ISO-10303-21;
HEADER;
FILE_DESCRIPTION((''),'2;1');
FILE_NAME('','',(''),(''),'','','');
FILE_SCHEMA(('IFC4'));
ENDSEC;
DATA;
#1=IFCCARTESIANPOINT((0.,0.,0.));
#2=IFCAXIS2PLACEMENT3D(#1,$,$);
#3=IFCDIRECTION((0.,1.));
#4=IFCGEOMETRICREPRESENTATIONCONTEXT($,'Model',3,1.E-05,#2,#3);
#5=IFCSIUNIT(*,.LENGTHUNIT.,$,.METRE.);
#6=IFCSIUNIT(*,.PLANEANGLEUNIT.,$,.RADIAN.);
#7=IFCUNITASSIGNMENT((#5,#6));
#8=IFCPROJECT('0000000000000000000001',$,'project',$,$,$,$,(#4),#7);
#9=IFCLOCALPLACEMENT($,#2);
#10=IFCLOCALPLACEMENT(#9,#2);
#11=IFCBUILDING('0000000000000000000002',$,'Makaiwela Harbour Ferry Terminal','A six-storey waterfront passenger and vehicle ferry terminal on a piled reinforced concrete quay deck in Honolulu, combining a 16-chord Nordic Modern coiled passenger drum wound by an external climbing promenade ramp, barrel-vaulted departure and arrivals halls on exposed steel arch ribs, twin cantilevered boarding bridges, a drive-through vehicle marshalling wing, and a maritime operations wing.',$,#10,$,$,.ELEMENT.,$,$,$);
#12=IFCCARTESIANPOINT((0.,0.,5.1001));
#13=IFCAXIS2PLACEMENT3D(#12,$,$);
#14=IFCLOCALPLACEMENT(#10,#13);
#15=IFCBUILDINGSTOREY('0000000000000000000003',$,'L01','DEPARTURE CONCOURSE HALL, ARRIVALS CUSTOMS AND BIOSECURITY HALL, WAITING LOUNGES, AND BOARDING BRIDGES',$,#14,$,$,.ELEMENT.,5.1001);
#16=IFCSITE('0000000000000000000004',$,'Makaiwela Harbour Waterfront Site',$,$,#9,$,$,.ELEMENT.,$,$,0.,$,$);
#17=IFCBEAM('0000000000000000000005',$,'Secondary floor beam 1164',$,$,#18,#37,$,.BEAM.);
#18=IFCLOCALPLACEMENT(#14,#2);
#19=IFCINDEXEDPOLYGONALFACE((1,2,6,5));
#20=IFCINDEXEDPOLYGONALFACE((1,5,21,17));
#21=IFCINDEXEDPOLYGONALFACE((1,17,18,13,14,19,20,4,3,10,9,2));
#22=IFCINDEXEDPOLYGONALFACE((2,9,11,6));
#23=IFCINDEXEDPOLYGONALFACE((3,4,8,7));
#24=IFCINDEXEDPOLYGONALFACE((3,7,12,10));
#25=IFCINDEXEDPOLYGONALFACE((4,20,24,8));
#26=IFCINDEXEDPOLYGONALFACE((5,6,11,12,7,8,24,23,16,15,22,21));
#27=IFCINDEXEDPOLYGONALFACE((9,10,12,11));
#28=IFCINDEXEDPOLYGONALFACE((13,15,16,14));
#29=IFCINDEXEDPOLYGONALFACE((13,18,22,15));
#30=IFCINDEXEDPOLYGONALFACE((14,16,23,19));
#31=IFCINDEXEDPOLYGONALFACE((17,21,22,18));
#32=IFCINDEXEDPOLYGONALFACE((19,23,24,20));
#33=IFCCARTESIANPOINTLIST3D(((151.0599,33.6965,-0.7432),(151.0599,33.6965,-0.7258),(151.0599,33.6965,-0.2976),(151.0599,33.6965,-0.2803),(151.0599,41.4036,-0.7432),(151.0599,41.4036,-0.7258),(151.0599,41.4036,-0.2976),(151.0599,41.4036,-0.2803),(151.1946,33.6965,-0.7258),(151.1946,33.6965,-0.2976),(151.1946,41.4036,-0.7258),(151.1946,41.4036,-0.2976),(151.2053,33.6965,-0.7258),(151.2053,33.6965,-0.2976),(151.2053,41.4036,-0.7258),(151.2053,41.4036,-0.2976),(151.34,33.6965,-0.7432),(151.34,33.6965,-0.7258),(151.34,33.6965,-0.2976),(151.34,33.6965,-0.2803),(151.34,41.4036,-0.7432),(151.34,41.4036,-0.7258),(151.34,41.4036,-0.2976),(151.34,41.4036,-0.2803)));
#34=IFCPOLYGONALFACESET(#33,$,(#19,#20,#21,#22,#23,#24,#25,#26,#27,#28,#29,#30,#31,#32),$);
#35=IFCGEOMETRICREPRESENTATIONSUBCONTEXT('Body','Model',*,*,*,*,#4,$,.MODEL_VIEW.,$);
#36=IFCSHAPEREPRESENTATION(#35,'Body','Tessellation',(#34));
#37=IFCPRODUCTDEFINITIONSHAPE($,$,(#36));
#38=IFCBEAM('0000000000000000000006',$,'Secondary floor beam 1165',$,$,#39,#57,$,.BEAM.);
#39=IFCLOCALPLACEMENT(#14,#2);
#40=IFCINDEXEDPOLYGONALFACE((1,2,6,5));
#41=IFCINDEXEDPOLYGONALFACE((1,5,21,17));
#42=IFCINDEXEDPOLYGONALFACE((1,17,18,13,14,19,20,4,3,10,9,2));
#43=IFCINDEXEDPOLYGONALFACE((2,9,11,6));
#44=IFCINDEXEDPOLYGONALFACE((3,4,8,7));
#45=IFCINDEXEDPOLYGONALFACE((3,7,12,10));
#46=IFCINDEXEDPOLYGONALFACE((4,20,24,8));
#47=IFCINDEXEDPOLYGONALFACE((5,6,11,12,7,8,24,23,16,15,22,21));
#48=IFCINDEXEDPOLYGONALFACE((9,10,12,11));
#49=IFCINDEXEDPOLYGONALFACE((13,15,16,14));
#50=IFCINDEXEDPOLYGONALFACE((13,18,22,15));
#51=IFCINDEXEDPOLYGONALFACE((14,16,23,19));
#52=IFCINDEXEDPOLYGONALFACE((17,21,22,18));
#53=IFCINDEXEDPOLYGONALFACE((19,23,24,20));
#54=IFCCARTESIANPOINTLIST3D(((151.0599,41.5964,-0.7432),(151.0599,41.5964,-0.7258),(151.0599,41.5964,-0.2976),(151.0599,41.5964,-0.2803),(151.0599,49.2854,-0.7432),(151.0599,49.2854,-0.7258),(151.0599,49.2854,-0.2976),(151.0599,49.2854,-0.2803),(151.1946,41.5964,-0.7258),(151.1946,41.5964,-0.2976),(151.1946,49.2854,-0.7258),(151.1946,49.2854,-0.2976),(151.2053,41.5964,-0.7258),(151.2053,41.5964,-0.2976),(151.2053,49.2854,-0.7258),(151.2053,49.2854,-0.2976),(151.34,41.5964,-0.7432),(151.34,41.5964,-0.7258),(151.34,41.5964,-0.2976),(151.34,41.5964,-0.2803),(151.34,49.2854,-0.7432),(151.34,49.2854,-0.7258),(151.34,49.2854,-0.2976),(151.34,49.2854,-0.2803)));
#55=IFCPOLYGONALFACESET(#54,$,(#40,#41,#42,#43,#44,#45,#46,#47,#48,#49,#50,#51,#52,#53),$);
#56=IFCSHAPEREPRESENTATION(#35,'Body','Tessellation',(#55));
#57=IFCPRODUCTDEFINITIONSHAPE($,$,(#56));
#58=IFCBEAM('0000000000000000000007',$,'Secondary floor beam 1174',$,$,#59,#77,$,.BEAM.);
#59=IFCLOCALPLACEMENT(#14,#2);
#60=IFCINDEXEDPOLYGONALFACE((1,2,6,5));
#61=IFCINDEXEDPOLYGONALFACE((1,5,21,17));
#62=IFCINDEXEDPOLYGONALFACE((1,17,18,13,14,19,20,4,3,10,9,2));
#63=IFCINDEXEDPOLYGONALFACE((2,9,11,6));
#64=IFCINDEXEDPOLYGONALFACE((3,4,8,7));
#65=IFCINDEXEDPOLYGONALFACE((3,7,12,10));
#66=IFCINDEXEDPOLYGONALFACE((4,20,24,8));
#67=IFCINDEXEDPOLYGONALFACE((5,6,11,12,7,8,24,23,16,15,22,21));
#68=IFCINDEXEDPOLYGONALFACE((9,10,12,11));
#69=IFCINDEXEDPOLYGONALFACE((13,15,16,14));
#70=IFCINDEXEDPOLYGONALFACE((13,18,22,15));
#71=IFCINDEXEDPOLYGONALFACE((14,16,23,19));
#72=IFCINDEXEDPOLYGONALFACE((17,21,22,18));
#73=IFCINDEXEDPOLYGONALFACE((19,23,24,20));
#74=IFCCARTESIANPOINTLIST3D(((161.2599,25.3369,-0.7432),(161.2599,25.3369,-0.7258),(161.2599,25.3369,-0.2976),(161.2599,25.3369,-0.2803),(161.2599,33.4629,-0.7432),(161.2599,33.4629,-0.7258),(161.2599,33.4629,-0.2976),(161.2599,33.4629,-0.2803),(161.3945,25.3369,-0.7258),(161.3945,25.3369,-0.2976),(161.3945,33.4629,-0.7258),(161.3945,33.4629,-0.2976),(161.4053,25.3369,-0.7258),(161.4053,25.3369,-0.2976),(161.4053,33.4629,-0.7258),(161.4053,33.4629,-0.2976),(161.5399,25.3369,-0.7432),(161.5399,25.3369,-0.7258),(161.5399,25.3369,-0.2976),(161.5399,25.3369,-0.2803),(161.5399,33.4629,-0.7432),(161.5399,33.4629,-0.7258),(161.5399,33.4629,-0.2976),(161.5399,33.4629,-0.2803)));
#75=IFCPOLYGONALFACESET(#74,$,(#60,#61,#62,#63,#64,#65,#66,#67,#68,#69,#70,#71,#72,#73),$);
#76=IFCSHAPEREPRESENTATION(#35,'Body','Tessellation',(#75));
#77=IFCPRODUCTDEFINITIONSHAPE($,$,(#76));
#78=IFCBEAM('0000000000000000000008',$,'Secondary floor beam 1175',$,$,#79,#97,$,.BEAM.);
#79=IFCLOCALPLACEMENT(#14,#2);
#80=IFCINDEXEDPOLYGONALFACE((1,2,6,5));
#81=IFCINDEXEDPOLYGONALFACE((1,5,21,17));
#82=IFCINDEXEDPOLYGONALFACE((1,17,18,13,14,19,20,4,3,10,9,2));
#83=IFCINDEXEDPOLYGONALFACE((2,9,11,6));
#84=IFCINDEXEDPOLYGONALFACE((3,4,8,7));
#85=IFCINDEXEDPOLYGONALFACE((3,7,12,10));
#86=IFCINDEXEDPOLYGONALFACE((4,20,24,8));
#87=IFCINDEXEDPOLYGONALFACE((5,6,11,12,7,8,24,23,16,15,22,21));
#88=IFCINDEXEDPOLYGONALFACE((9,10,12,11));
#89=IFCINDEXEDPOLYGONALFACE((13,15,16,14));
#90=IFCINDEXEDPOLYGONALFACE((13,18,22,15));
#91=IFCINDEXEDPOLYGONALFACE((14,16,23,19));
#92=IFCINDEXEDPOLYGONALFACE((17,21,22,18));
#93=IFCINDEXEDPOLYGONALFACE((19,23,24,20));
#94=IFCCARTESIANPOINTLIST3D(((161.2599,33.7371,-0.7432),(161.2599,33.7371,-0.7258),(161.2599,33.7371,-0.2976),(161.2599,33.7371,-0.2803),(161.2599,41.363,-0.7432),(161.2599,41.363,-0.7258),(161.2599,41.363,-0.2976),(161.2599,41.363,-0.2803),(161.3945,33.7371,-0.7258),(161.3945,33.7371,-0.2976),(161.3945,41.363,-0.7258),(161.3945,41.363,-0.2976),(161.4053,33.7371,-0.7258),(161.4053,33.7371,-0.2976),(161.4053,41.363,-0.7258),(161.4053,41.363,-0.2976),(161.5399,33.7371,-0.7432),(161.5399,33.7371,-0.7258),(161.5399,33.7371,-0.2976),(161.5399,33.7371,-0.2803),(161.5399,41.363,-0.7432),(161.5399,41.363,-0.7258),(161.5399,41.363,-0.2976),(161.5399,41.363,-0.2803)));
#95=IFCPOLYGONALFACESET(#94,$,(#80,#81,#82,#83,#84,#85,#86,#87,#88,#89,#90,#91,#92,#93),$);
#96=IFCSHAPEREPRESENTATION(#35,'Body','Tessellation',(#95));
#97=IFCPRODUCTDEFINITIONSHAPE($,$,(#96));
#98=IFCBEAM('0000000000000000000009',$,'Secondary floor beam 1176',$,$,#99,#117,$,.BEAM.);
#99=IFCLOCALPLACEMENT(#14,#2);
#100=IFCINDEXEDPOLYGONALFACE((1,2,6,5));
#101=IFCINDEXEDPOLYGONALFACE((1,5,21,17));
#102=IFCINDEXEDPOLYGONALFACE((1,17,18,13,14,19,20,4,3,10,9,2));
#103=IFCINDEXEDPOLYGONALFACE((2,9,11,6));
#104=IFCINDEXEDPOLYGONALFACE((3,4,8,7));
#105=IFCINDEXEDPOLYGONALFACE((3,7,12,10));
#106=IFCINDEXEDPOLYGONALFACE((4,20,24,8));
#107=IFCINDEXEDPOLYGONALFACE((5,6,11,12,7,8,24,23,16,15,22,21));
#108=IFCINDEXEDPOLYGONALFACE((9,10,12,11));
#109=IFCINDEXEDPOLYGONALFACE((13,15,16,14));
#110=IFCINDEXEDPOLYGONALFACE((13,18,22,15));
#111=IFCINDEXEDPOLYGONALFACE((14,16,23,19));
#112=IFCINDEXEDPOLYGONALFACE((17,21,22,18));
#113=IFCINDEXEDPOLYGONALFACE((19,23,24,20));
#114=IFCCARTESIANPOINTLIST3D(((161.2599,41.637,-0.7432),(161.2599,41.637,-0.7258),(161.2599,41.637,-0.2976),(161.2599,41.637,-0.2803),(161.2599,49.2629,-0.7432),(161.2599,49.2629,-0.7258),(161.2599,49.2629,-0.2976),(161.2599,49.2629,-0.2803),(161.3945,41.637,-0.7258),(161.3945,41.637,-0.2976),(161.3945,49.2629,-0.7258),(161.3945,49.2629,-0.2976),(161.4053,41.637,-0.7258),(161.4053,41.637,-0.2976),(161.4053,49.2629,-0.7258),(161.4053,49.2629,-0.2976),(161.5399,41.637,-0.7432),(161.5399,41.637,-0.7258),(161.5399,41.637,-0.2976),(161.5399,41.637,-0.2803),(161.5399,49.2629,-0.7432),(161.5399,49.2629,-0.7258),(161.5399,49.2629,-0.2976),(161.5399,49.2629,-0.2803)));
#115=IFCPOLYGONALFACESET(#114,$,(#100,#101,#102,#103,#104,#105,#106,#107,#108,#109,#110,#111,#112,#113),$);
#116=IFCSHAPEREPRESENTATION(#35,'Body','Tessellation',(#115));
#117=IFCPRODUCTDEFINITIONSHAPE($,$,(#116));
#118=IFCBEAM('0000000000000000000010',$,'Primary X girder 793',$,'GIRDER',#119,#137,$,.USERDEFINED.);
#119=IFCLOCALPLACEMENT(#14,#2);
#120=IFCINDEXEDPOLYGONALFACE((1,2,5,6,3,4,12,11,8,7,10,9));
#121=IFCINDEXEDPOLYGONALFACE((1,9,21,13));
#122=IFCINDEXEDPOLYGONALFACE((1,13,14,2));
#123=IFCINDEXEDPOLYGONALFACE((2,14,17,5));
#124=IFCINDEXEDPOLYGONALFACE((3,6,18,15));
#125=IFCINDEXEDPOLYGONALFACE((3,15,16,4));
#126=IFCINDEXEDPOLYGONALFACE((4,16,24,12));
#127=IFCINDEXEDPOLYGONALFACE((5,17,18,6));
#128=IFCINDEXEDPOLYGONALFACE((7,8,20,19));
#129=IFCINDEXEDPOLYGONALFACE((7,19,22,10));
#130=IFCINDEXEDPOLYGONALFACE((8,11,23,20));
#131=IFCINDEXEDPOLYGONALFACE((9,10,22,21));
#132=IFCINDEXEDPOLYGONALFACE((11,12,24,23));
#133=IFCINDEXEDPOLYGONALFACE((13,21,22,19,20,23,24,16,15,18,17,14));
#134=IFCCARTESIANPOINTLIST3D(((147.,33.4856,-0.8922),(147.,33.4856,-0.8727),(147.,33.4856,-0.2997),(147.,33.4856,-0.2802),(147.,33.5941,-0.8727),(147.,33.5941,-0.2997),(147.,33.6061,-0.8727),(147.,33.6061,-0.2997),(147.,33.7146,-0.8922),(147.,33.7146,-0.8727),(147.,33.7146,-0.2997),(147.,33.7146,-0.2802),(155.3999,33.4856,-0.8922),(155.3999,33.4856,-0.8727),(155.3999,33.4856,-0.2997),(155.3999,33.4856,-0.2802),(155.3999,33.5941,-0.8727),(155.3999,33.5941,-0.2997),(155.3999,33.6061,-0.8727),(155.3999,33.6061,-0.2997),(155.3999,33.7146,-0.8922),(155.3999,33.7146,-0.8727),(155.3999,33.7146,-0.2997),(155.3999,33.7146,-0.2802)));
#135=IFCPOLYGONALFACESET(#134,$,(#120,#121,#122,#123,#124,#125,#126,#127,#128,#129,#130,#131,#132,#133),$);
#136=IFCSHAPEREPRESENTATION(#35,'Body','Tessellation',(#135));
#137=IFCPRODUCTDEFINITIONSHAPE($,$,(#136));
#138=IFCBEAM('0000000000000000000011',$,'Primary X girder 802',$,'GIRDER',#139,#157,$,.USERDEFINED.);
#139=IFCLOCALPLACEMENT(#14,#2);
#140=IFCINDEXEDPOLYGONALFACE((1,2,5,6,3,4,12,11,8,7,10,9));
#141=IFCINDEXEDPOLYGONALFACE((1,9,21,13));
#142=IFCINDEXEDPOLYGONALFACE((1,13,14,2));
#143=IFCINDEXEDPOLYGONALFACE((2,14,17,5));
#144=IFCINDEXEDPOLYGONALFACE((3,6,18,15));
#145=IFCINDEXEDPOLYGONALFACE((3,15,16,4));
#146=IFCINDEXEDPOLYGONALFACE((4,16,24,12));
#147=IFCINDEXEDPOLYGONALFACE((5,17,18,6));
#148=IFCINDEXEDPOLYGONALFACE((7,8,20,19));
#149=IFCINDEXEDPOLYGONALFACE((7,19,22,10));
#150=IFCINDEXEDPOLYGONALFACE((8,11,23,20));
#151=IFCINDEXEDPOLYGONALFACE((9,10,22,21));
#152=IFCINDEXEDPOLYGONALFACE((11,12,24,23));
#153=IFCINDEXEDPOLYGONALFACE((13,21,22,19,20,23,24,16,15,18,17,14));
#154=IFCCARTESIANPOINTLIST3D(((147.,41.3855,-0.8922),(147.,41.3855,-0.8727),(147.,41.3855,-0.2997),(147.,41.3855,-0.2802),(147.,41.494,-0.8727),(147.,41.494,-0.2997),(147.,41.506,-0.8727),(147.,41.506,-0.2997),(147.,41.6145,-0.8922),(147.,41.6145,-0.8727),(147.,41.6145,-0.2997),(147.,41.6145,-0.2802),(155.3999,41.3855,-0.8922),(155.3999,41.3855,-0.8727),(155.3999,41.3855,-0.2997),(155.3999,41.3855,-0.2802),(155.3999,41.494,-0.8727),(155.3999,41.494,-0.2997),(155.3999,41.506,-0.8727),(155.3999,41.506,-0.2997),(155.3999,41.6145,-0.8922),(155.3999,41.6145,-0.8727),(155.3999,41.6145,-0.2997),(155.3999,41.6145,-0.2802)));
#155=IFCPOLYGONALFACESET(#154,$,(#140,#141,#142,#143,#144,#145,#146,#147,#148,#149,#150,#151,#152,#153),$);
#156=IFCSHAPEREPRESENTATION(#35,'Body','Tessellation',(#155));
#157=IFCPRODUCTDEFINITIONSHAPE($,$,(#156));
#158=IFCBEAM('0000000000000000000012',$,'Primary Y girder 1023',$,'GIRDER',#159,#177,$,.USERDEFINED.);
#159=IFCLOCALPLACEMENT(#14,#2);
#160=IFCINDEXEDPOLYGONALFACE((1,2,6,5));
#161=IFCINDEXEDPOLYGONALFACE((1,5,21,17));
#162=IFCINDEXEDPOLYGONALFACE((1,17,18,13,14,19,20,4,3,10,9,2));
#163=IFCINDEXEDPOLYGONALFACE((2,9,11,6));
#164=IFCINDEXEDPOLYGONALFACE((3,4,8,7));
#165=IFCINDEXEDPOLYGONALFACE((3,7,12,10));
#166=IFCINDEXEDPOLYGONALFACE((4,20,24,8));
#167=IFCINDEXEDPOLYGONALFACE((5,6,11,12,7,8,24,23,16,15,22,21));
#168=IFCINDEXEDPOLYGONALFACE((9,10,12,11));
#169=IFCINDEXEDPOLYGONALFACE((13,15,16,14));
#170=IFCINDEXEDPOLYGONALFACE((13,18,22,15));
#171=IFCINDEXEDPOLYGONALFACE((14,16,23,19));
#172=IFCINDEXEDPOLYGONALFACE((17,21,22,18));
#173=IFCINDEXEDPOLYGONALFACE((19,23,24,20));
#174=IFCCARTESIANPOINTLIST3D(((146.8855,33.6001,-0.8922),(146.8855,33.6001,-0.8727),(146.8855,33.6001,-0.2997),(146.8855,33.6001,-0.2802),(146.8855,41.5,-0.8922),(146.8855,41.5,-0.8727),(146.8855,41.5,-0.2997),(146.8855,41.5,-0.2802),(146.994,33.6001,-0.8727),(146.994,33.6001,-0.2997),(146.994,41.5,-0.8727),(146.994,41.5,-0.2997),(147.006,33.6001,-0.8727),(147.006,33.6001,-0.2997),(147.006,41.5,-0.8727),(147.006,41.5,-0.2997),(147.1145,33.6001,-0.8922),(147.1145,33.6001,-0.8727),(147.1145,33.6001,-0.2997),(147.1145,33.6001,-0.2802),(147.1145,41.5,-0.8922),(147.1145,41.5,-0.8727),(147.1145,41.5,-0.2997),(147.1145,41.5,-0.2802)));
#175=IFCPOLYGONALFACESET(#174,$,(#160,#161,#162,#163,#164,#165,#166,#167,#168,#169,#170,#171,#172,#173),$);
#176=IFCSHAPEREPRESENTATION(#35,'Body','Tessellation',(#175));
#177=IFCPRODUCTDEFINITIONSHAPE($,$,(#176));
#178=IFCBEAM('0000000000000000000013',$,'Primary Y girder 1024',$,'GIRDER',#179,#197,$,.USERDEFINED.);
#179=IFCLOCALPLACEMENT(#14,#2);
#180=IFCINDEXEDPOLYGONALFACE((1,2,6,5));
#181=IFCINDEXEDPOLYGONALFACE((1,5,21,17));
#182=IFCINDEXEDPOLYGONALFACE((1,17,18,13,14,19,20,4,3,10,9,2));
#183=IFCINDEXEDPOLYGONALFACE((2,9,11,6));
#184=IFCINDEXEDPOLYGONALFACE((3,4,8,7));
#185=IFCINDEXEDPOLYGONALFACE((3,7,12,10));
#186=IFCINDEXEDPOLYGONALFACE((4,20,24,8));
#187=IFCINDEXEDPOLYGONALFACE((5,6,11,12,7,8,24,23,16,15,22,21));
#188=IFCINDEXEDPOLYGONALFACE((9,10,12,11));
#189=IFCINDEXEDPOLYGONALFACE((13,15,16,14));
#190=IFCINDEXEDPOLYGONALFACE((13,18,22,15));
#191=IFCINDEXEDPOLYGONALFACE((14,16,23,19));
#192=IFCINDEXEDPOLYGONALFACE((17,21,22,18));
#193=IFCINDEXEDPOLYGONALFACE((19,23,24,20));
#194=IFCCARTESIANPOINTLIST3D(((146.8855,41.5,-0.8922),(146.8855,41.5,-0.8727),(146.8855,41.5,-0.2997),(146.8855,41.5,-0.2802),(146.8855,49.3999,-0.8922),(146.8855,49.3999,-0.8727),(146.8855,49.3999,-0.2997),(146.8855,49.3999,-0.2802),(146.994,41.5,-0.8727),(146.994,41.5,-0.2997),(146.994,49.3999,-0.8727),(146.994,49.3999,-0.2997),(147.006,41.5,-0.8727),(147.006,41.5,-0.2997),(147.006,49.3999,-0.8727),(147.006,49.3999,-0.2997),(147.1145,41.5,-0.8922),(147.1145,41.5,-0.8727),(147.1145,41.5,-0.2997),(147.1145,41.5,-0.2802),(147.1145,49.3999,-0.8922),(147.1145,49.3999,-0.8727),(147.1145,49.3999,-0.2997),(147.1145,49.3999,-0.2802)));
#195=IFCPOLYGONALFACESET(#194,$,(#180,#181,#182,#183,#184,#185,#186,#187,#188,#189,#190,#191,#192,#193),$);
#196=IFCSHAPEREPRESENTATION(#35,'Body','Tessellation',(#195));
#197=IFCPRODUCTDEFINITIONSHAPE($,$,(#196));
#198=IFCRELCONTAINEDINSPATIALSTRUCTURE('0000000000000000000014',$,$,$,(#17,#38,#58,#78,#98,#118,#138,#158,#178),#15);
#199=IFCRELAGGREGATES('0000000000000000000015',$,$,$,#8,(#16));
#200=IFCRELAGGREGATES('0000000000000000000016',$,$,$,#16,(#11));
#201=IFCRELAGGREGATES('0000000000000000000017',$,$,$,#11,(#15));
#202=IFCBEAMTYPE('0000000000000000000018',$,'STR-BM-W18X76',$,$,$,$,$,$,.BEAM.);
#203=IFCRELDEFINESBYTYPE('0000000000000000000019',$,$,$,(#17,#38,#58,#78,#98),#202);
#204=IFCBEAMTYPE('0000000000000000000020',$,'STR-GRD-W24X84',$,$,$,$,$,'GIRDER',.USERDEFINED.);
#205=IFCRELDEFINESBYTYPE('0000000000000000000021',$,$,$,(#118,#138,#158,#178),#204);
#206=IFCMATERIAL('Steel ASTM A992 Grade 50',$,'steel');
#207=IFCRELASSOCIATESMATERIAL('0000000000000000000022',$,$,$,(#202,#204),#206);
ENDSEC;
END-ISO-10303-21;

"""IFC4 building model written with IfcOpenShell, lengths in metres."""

from ifc_helpers import new_model, si_unit, direction, frame, origin, origin_2d, place, context, subcontext, project, spatial, i_section, extrude, material, material_profile, profile_set, type_object, element, save


model = new_model("IFC4")

# Units and contexts
model_context = context("Model", 3, precision=1e-05, world=origin(), true_north=direction((0.0, 1.0)))
body_context = subcontext(model_context, "Body", "Model", "MODEL_VIEW")
ifc_project = project(units=[si_unit("LENGTHUNIT", "METRE"), si_unit("PLANEANGLEUNIT", "RADIAN")], contexts=[model_context])

# Site, building, storey
site_placement = place(None, origin())
site = spatial("IfcSite", under=ifc_project, at=site_placement, Name="Makaiwela Harbour Waterfront Site", CompositionType="ELEMENT", RefElevation=0.0)
building_placement = place(site_placement, origin())
building = spatial("IfcBuilding", under=site, at=building_placement, Name="Makaiwela Harbour Ferry Terminal", Description="A six-storey waterfront passenger and vehicle ferry terminal on a piled reinforced concrete quay deck in Honolulu, combining a 16-chord Nordic Modern coiled passenger drum wound by an external climbing promenade ramp, barrel-vaulted departure and arrivals halls on exposed steel arch ribs, twin cantilevered boarding bridges, a drive-through vehicle marshalling wing, and a maritime operations wing.", CompositionType="ELEMENT")
storey_placement = place(building_placement, frame((0.0, 0.0, 5.1001)))
storey = spatial("IfcBuildingStorey", under=building, at=storey_placement, Name="L01", Description="DEPARTURE CONCOURSE HALL, ARRIVALS CUSTOMS AND BIOSECURITY HALL, WAITING LOUNGES, AND BOARDING BRIDGES", CompositionType="ELEMENT", Elevation=5.1001)

# Shared definitions
ifc_material_1 = material(Name="Steel ASTM A992 Grade 50", Category="steel")

# Beams
ifc_material_profile_1 = material_profile(ifc_material_1, i_section(OverallWidth=0.28, OverallDepth=0.4629, WebThickness=0.0107, FlangeThickness=0.0173, at=origin_2d()), Name="W18X76")
ifc_profile_set_1 = profile_set([ifc_material_profile_1], Name="Steel ASTM A992 Grade 50")
beam_type_1 = type_object("IfcBeamType", Name="STR-BM-W18X76", PredefinedType="BEAM", material=ifc_profile_set_1)
beam_1_placement = place(storey_placement, frame((151.2, 33.6965, -0.5117), z_axis=(0.0, 1.0, 0.0), x_axis=(-1.0, 0.0, 0.0)))
element("IfcBeam", 1, at=beam_1_placement, inside=storey, type_object=beam_type_1, Name="Secondary floor beam 1164", PredefinedType="BEAM", context=body_context, shape_type="SweptSolid", body=[
    extrude(i_section(OverallWidth=0.28, OverallDepth=0.4629, WebThickness=0.0107, FlangeThickness=0.0173, at=origin_2d()), origin(), (0.0, 0.0, 1.0), 7.707),
])
beam_2_placement = place(storey_placement, frame((151.2, 41.5964, -0.5117), z_axis=(0.0, 1.0, 0.0), x_axis=(-1.0, 0.0, 0.0)))
element("IfcBeam", 2, at=beam_2_placement, inside=storey, type_object=beam_type_1, Name="Secondary floor beam 1165", PredefinedType="BEAM", context=body_context, shape_type="SweptSolid", body=[
    extrude(i_section(OverallWidth=0.28, OverallDepth=0.4629, WebThickness=0.0107, FlangeThickness=0.0173, at=origin_2d()), origin(), (0.0, 0.0, 1.0), 7.689),
])
beam_3_placement = place(storey_placement, frame((161.3999, 25.3369, -0.5117), z_axis=(0.0, 1.0, 0.0), x_axis=(-1.0, 0.0, 0.0)))
element("IfcBeam", 3, at=beam_3_placement, inside=storey, type_object=beam_type_1, Name="Secondary floor beam 1174", PredefinedType="BEAM", context=body_context, shape_type="SweptSolid", body=[
    extrude(i_section(OverallWidth=0.28, OverallDepth=0.4629, WebThickness=0.0107, FlangeThickness=0.0173, at=origin_2d()), origin(), (0.0, 0.0, 1.0), 8.126),
])
for number, where, z_axis, x_axis, name in (
    (4, (161.3999, 33.7371, -0.5117), (0.0, 1.0, 0.0), (-1.0, 0.0, 0.0), "Secondary floor beam 1175"),
    (5, (161.3999, 41.637, -0.5117), (0.0, 1.0, 0.0), (-1.0, 0.0, 0.0), "Secondary floor beam 1176"),
):
    element("IfcBeam", number, at=place(storey_placement, frame(where, z_axis=z_axis, x_axis=x_axis)), inside=storey, type_object=beam_type_1, Name=name, PredefinedType="BEAM", context=body_context, shape_type="SweptSolid", body=[
        extrude(i_section(OverallWidth=0.28, OverallDepth=0.4629, WebThickness=0.0107, FlangeThickness=0.0173, at=origin_2d()), origin(), (0.0, 0.0, 1.0), 7.626),
    ])
ifc_material_profile_2 = material_profile(ifc_material_1, i_section(OverallWidth=0.229, OverallDepth=0.6121, WebThickness=0.012, FlangeThickness=0.0195, at=origin_2d()), Name="W24X84")
ifc_profile_set_2 = profile_set([ifc_material_profile_2], Name="Steel ASTM A992 Grade 50")
beam_type_2 = type_object("IfcBeamType", Name="STR-GRD-W24X84", ElementType="GIRDER", PredefinedType="USERDEFINED", material=ifc_profile_set_2)
for number, where, z_axis, x_axis, name in (
    (6, (147.0, 33.6001, -0.5862), (1.0, 0.0, 0.0), (0.0, 1.0, 0.0), "Primary X girder 793"),
    (7, (147.0, 41.5, -0.5862), (1.0, 0.0, 0.0), (0.0, 1.0, 0.0), "Primary X girder 802"),
):
    element("IfcBeam", number, at=place(storey_placement, frame(where, z_axis=z_axis, x_axis=x_axis)), inside=storey, type_object=beam_type_2, Name=name, ObjectType="GIRDER", PredefinedType="USERDEFINED", context=body_context, shape_type="SweptSolid", body=[
        extrude(i_section(OverallWidth=0.229, OverallDepth=0.6121, WebThickness=0.012, FlangeThickness=0.0195, at=origin_2d()), origin(), (0.0, 0.0, 1.0), 8.3999),
    ])
for number, where, z_axis, x_axis, name in (
    (8, (147.0, 33.6001, -0.5862), (0.0, 1.0, 0.0), (-1.0, 0.0, 0.0), "Primary Y girder 1023"),
    (9, (147.0, 41.5, -0.5862), (0.0, 1.0, 0.0), (-1.0, 0.0, 0.0), "Primary Y girder 1024"),
):
    element("IfcBeam", number, at=place(storey_placement, frame(where, z_axis=z_axis, x_axis=x_axis)), inside=storey, type_object=beam_type_2, Name=name, ObjectType="GIRDER", PredefinedType="USERDEFINED", context=body_context, shape_type="SweptSolid", body=[
        extrude(i_section(OverallWidth=0.229, OverallDepth=0.6121, WebThickness=0.012, FlangeThickness=0.0195, at=origin_2d()), origin(), (0.0, 0.0, 1.0), 7.8999),
    ])

save(model, "model.ifc")
